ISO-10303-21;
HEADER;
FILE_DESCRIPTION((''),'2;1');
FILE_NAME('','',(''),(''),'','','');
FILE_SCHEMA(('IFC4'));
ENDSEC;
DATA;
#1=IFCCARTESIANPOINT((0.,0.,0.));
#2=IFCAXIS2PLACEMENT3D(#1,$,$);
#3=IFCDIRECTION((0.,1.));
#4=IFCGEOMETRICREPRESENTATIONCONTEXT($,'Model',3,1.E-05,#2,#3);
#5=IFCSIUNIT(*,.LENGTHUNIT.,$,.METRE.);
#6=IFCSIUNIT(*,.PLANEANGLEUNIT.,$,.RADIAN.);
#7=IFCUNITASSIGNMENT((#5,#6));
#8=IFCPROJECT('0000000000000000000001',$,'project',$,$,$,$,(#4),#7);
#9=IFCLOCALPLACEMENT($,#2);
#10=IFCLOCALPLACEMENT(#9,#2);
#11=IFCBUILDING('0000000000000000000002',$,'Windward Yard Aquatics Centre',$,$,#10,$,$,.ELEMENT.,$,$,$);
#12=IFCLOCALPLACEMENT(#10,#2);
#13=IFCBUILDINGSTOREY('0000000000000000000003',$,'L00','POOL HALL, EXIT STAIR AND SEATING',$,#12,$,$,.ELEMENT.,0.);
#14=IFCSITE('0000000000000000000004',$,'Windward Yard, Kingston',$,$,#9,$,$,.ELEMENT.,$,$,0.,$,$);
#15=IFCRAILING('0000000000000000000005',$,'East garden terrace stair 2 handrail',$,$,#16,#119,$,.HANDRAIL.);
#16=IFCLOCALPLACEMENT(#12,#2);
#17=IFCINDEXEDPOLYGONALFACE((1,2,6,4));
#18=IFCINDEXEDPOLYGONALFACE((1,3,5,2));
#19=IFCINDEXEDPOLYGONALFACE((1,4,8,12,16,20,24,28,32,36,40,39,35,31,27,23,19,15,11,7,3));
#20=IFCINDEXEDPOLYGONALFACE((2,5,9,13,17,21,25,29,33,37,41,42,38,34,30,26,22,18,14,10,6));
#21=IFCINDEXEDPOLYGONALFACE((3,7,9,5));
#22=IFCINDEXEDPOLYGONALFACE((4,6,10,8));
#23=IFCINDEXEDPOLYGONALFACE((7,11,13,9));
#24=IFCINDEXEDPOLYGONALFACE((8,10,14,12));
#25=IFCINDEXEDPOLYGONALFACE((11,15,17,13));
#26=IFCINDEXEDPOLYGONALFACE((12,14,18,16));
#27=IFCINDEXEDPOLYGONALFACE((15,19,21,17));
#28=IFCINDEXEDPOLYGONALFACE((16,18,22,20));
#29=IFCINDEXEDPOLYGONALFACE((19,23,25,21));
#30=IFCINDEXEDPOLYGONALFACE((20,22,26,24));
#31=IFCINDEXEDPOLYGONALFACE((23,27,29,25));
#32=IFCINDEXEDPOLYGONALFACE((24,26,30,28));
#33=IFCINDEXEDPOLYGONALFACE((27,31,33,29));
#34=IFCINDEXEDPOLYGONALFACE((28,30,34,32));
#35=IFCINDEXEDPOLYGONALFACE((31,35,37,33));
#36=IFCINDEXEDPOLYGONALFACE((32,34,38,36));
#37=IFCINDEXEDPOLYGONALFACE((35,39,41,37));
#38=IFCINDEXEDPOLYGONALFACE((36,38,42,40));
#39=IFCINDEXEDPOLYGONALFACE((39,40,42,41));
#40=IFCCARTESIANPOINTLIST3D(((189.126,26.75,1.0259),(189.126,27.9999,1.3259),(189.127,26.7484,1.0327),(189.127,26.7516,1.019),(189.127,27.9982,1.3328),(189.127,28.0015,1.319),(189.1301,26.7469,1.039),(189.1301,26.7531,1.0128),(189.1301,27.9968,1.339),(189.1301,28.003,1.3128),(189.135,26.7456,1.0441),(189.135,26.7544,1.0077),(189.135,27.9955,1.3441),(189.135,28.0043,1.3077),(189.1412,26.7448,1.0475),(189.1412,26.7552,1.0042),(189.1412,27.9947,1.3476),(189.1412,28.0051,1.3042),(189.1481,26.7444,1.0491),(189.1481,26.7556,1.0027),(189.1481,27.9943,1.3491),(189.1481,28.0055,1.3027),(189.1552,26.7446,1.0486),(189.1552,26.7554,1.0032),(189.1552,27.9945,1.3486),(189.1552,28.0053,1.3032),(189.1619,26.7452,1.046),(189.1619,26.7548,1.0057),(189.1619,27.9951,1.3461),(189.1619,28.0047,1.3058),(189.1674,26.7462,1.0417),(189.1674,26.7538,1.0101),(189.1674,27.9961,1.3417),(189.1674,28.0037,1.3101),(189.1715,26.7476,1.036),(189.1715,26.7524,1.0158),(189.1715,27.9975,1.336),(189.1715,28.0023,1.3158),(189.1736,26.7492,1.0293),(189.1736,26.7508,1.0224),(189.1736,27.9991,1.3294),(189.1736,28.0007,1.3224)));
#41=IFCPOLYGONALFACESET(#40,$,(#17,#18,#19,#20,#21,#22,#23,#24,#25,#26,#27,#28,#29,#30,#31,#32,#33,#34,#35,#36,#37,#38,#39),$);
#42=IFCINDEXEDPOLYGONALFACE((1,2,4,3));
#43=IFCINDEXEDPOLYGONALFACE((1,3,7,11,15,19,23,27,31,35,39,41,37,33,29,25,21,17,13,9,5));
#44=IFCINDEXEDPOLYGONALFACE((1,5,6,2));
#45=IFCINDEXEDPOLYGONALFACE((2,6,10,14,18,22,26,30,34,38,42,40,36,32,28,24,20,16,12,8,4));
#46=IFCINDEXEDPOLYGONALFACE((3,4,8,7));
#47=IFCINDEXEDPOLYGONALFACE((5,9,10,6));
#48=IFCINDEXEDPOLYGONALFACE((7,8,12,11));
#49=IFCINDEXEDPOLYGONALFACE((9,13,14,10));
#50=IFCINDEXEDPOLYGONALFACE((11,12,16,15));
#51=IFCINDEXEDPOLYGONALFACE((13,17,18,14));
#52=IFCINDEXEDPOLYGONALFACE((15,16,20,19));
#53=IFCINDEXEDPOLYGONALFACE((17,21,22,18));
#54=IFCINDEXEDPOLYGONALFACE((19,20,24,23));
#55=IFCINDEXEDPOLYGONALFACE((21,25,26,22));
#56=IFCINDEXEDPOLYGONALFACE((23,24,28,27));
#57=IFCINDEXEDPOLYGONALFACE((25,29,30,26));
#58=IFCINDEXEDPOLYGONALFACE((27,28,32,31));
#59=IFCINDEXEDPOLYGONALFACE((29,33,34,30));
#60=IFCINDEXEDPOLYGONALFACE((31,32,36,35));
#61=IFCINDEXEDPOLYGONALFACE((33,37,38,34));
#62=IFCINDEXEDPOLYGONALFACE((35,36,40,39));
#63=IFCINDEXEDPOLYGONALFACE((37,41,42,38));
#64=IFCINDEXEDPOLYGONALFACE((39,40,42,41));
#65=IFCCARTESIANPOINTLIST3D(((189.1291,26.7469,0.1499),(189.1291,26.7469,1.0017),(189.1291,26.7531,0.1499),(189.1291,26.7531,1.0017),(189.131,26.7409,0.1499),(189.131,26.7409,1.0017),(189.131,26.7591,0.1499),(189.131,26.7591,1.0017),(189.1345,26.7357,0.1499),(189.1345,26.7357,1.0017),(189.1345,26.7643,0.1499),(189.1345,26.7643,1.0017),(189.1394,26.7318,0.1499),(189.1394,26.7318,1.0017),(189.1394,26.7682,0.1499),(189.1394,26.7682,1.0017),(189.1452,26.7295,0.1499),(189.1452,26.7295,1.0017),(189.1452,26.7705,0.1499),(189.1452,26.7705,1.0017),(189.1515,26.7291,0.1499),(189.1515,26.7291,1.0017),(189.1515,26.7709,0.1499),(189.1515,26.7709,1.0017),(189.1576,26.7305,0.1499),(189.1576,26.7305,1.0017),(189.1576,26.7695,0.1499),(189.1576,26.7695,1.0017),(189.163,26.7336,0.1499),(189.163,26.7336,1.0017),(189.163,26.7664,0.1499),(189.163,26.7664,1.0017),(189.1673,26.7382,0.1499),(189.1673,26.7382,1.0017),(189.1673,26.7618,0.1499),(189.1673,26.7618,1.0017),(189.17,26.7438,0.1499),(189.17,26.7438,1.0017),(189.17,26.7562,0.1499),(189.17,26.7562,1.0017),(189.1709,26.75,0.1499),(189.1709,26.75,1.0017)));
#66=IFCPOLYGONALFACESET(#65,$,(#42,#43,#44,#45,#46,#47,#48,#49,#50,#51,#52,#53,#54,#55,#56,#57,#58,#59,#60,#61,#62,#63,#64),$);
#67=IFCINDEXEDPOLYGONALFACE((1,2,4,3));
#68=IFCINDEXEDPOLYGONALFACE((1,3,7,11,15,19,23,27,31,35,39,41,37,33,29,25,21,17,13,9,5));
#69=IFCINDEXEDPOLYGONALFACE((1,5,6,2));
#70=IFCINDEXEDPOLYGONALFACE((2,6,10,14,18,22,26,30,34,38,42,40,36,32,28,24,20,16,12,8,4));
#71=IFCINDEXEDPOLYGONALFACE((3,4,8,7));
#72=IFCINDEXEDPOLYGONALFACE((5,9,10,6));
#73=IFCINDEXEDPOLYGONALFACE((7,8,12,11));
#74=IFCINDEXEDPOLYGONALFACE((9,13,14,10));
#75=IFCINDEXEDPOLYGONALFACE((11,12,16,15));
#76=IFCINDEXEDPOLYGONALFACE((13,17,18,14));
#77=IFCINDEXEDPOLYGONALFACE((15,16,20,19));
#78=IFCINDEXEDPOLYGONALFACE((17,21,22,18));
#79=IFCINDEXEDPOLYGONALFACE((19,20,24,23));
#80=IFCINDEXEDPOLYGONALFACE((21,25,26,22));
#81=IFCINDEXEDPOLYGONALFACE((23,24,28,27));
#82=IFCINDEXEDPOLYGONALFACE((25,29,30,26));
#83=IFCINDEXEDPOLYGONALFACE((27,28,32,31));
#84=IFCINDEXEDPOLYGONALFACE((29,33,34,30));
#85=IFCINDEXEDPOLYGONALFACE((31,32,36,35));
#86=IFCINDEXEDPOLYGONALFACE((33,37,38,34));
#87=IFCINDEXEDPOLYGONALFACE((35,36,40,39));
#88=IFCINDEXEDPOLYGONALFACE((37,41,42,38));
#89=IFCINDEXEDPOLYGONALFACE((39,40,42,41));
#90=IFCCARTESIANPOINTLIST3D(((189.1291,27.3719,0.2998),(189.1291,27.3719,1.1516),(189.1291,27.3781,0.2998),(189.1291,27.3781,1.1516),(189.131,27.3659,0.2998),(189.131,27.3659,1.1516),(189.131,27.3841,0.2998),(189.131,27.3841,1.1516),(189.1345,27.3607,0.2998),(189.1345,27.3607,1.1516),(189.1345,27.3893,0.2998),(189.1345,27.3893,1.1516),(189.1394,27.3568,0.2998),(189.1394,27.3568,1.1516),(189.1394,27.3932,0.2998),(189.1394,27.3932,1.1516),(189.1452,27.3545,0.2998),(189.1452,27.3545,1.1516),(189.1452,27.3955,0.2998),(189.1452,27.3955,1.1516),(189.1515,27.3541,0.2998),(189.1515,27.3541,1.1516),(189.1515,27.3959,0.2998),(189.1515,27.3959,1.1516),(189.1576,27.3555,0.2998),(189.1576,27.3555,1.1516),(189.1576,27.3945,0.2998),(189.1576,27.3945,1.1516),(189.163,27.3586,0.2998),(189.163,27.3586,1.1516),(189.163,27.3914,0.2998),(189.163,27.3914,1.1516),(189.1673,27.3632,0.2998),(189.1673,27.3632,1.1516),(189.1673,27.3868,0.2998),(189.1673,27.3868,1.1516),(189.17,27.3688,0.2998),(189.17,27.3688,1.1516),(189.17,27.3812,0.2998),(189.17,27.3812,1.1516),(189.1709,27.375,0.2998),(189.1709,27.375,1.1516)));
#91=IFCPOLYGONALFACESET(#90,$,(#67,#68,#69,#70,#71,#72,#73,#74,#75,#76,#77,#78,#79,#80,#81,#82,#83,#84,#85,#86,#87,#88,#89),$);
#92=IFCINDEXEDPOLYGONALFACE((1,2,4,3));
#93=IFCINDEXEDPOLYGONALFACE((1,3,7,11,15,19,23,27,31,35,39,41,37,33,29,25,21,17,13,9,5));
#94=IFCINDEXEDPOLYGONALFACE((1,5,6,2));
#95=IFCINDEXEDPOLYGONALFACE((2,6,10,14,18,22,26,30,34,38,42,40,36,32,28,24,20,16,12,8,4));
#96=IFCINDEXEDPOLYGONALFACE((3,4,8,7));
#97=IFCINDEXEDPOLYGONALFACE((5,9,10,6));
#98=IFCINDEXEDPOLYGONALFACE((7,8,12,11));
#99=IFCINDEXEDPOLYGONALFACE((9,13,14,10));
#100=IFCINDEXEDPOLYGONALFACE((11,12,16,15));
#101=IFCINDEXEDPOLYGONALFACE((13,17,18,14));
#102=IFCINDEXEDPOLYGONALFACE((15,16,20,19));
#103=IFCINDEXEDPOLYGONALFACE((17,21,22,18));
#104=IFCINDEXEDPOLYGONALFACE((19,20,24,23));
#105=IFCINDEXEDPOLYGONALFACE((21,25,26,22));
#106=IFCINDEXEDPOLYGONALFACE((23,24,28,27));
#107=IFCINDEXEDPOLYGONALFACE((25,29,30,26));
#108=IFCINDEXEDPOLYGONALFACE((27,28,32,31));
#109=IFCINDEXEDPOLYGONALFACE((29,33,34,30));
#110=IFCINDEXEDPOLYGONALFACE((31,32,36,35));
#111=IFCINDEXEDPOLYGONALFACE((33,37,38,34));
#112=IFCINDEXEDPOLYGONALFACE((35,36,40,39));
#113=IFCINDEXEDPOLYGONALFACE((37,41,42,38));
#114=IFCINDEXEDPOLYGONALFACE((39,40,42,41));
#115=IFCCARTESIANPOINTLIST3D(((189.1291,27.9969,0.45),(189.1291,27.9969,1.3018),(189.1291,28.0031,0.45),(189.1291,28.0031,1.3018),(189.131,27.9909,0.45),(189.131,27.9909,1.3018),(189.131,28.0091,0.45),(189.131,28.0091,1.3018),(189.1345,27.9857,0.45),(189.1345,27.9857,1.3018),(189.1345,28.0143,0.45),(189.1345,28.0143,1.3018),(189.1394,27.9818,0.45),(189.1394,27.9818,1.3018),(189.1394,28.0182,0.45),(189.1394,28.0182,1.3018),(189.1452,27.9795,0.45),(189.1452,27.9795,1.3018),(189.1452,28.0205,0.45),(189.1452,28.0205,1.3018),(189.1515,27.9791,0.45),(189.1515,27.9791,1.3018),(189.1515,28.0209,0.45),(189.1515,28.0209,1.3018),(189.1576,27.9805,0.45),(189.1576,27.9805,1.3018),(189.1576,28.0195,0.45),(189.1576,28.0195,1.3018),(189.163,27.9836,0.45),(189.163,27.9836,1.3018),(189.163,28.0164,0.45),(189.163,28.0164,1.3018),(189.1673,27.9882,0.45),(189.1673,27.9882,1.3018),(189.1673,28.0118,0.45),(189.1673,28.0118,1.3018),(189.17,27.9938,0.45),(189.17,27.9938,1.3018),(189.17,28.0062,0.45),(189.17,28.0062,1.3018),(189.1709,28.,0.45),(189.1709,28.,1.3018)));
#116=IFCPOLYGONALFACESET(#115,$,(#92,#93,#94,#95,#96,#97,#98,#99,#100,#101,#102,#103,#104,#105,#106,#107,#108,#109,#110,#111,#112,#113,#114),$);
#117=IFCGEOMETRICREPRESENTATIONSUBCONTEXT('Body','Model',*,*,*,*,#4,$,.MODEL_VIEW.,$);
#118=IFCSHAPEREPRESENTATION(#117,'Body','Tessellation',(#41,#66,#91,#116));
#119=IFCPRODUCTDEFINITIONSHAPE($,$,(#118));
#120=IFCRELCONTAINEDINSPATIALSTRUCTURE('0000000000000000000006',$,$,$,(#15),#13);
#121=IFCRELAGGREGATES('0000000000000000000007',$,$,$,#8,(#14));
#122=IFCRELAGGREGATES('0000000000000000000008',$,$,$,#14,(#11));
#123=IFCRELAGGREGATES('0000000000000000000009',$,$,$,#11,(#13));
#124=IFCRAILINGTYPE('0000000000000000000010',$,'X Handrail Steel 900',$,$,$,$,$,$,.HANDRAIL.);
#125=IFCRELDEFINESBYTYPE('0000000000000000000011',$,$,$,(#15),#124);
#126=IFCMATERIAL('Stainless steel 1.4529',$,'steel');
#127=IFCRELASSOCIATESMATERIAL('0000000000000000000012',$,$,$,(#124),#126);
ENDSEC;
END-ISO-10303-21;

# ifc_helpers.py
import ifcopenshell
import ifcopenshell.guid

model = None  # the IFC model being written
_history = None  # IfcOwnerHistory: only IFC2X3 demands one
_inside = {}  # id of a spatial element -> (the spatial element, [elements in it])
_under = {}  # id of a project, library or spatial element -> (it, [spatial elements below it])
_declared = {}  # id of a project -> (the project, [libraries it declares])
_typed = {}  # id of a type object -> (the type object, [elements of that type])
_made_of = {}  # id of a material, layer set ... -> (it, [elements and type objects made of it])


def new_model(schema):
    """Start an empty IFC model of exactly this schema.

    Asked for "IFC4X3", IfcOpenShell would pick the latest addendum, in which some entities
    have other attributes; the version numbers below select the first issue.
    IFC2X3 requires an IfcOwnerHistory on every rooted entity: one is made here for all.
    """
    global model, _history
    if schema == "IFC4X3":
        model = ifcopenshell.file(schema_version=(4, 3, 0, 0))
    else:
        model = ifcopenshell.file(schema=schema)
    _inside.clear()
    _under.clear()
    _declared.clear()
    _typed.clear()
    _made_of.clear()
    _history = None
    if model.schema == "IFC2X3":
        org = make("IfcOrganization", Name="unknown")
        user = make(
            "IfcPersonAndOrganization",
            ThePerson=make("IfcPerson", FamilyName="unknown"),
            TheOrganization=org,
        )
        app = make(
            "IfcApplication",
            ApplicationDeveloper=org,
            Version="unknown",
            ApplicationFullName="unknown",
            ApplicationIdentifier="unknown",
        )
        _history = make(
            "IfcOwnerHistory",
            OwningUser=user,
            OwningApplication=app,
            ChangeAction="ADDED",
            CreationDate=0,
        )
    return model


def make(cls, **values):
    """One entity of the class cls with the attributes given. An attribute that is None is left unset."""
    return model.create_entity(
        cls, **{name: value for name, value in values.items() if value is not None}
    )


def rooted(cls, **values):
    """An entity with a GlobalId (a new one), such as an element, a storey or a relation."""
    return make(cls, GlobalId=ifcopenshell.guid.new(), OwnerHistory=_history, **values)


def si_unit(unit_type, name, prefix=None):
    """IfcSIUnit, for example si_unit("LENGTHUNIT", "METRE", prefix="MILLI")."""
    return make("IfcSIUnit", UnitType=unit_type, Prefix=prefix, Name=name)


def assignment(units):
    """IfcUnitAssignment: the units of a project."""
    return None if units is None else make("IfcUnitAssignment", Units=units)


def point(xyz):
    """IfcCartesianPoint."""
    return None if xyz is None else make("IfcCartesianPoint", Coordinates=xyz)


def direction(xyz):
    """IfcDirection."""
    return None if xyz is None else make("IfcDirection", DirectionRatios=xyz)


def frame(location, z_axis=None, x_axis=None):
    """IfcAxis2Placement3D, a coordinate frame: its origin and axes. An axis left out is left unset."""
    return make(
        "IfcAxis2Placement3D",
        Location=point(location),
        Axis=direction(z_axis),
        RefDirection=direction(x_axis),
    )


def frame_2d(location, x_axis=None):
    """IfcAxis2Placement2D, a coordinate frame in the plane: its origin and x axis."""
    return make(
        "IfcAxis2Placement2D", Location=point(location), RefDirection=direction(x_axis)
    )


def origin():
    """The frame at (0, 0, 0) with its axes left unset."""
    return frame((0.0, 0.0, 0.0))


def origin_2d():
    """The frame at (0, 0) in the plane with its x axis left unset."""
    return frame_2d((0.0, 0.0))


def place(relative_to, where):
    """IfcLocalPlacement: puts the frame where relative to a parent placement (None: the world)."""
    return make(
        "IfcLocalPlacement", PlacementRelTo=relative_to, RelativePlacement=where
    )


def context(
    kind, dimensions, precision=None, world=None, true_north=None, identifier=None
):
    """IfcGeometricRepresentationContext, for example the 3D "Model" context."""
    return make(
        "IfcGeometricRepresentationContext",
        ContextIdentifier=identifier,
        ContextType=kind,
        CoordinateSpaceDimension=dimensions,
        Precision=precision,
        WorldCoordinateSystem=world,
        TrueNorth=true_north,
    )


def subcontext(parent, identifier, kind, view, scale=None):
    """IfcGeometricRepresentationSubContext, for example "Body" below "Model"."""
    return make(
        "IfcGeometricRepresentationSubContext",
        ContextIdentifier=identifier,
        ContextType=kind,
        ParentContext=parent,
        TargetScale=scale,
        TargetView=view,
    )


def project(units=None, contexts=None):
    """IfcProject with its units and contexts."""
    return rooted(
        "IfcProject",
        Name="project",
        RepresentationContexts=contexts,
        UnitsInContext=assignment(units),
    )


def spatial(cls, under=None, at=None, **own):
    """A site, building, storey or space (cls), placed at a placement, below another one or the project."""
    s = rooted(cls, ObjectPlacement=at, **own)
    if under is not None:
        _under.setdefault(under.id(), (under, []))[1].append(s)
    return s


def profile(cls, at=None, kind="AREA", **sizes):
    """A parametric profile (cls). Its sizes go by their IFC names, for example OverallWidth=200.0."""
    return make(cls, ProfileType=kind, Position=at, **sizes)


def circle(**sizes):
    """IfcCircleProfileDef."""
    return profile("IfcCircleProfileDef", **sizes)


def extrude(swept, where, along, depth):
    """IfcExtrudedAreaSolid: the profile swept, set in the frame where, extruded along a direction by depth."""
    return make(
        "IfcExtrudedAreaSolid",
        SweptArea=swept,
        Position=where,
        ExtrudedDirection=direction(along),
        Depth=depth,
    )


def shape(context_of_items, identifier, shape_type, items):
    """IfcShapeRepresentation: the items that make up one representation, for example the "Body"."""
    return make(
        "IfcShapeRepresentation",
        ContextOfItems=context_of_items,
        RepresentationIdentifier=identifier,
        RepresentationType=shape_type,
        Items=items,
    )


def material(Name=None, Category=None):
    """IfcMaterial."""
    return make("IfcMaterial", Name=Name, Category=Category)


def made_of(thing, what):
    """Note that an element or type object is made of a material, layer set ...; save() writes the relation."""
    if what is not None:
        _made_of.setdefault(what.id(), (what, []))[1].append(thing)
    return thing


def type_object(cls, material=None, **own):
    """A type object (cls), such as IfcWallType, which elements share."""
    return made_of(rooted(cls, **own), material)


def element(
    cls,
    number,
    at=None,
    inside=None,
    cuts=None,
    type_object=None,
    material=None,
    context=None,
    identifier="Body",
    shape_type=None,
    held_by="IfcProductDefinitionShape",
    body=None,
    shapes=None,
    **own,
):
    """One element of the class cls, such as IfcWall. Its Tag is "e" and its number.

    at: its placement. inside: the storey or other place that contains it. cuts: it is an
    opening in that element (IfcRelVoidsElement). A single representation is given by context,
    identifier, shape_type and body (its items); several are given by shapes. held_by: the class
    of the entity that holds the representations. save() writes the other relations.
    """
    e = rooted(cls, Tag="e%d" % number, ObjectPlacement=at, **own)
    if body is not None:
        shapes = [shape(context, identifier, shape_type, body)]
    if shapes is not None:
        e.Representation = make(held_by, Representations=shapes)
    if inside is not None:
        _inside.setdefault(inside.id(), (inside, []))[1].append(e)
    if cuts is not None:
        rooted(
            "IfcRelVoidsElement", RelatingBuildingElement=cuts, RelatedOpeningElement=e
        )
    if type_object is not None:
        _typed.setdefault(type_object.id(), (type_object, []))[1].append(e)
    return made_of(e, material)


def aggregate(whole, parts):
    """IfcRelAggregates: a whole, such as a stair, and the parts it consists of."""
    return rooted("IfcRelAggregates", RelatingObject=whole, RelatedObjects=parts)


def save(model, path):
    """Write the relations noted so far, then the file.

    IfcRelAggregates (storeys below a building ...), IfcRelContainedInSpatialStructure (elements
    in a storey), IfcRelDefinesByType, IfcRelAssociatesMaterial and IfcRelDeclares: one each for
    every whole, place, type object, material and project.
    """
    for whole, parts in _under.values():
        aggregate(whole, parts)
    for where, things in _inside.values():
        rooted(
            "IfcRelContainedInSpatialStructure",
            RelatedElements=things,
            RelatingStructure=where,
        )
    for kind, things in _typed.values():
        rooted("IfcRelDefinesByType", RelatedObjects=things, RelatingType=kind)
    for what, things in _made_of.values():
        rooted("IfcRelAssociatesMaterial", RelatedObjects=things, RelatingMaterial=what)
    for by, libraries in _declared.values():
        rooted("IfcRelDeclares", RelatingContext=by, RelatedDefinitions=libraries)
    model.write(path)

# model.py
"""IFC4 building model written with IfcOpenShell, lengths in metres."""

from ifc_helpers import new_model, si_unit, direction, frame, origin, origin_2d, place, context, subcontext, project, spatial, circle, extrude, material, type_object, element, save


model = new_model("IFC4")

# Units and contexts
model_context = context("Model", 3, precision=1e-05, world=origin(), true_north=direction((0.0, 1.0)))
body_context = subcontext(model_context, "Body", "Model", "MODEL_VIEW")
ifc_project = project(units=[si_unit("LENGTHUNIT", "METRE"), si_unit("PLANEANGLEUNIT", "RADIAN")], contexts=[model_context])

# Site, building, storey
site_placement = place(None, origin())
site = spatial("IfcSite", under=ifc_project, at=site_placement, Name="Windward Yard, Kingston", CompositionType="ELEMENT", RefElevation=0.0)
building_placement = place(site_placement, origin())
building = spatial("IfcBuilding", under=site, at=building_placement, Name="Windward Yard Aquatics Centre", CompositionType="ELEMENT")
storey_placement = place(building_placement, origin())
storey = spatial("IfcBuildingStorey", under=building, at=storey_placement, Name="L00", Description="POOL HALL, EXIT STAIR AND SEATING", CompositionType="ELEMENT", Elevation=0.0)

# Railing
ifc_material_1 = material(Name="Stainless steel 1.4529", Category="steel")
railing_type = type_object("IfcRailingType", Name="X Handrail Steel 900", PredefinedType="HANDRAIL", material=ifc_material_1)
for number, where, name in (
    (1, (189.1499, 26.75, 0.1499), "East garden terrace stair 2 handrail"),
):
    element("IfcRailing", number, at=place(storey_placement, frame(where)), inside=storey, type_object=railing_type, Name=name, PredefinedType="HANDRAIL", context=body_context, shape_type="SweptSolid", body=[
        extrude(circle(Radius=0.0239, at=origin_2d()), frame((0.0, 0.0, 0.876), z_axis=(0.0, 0.972379, 0.233409), x_axis=(-1.0, 0.0, 0.0)), (0.0, 0.0, 1.0), 1.2854),
        extrude(circle(Radius=0.021, at=origin_2d()), origin(), (0.0, 0.0, 1.0), 0.8518),
        extrude(circle(Radius=0.021, at=origin_2d()), frame((0.0, 0.625, 0.1499)), (0.0, 0.0, 1.0), 0.8518),
        extrude(circle(Radius=0.021, at=origin_2d()), frame((0.0, 1.25, 0.3)), (0.0, 0.0, 1.0), 0.8518),
    ])

save(model, "model.ifc")
